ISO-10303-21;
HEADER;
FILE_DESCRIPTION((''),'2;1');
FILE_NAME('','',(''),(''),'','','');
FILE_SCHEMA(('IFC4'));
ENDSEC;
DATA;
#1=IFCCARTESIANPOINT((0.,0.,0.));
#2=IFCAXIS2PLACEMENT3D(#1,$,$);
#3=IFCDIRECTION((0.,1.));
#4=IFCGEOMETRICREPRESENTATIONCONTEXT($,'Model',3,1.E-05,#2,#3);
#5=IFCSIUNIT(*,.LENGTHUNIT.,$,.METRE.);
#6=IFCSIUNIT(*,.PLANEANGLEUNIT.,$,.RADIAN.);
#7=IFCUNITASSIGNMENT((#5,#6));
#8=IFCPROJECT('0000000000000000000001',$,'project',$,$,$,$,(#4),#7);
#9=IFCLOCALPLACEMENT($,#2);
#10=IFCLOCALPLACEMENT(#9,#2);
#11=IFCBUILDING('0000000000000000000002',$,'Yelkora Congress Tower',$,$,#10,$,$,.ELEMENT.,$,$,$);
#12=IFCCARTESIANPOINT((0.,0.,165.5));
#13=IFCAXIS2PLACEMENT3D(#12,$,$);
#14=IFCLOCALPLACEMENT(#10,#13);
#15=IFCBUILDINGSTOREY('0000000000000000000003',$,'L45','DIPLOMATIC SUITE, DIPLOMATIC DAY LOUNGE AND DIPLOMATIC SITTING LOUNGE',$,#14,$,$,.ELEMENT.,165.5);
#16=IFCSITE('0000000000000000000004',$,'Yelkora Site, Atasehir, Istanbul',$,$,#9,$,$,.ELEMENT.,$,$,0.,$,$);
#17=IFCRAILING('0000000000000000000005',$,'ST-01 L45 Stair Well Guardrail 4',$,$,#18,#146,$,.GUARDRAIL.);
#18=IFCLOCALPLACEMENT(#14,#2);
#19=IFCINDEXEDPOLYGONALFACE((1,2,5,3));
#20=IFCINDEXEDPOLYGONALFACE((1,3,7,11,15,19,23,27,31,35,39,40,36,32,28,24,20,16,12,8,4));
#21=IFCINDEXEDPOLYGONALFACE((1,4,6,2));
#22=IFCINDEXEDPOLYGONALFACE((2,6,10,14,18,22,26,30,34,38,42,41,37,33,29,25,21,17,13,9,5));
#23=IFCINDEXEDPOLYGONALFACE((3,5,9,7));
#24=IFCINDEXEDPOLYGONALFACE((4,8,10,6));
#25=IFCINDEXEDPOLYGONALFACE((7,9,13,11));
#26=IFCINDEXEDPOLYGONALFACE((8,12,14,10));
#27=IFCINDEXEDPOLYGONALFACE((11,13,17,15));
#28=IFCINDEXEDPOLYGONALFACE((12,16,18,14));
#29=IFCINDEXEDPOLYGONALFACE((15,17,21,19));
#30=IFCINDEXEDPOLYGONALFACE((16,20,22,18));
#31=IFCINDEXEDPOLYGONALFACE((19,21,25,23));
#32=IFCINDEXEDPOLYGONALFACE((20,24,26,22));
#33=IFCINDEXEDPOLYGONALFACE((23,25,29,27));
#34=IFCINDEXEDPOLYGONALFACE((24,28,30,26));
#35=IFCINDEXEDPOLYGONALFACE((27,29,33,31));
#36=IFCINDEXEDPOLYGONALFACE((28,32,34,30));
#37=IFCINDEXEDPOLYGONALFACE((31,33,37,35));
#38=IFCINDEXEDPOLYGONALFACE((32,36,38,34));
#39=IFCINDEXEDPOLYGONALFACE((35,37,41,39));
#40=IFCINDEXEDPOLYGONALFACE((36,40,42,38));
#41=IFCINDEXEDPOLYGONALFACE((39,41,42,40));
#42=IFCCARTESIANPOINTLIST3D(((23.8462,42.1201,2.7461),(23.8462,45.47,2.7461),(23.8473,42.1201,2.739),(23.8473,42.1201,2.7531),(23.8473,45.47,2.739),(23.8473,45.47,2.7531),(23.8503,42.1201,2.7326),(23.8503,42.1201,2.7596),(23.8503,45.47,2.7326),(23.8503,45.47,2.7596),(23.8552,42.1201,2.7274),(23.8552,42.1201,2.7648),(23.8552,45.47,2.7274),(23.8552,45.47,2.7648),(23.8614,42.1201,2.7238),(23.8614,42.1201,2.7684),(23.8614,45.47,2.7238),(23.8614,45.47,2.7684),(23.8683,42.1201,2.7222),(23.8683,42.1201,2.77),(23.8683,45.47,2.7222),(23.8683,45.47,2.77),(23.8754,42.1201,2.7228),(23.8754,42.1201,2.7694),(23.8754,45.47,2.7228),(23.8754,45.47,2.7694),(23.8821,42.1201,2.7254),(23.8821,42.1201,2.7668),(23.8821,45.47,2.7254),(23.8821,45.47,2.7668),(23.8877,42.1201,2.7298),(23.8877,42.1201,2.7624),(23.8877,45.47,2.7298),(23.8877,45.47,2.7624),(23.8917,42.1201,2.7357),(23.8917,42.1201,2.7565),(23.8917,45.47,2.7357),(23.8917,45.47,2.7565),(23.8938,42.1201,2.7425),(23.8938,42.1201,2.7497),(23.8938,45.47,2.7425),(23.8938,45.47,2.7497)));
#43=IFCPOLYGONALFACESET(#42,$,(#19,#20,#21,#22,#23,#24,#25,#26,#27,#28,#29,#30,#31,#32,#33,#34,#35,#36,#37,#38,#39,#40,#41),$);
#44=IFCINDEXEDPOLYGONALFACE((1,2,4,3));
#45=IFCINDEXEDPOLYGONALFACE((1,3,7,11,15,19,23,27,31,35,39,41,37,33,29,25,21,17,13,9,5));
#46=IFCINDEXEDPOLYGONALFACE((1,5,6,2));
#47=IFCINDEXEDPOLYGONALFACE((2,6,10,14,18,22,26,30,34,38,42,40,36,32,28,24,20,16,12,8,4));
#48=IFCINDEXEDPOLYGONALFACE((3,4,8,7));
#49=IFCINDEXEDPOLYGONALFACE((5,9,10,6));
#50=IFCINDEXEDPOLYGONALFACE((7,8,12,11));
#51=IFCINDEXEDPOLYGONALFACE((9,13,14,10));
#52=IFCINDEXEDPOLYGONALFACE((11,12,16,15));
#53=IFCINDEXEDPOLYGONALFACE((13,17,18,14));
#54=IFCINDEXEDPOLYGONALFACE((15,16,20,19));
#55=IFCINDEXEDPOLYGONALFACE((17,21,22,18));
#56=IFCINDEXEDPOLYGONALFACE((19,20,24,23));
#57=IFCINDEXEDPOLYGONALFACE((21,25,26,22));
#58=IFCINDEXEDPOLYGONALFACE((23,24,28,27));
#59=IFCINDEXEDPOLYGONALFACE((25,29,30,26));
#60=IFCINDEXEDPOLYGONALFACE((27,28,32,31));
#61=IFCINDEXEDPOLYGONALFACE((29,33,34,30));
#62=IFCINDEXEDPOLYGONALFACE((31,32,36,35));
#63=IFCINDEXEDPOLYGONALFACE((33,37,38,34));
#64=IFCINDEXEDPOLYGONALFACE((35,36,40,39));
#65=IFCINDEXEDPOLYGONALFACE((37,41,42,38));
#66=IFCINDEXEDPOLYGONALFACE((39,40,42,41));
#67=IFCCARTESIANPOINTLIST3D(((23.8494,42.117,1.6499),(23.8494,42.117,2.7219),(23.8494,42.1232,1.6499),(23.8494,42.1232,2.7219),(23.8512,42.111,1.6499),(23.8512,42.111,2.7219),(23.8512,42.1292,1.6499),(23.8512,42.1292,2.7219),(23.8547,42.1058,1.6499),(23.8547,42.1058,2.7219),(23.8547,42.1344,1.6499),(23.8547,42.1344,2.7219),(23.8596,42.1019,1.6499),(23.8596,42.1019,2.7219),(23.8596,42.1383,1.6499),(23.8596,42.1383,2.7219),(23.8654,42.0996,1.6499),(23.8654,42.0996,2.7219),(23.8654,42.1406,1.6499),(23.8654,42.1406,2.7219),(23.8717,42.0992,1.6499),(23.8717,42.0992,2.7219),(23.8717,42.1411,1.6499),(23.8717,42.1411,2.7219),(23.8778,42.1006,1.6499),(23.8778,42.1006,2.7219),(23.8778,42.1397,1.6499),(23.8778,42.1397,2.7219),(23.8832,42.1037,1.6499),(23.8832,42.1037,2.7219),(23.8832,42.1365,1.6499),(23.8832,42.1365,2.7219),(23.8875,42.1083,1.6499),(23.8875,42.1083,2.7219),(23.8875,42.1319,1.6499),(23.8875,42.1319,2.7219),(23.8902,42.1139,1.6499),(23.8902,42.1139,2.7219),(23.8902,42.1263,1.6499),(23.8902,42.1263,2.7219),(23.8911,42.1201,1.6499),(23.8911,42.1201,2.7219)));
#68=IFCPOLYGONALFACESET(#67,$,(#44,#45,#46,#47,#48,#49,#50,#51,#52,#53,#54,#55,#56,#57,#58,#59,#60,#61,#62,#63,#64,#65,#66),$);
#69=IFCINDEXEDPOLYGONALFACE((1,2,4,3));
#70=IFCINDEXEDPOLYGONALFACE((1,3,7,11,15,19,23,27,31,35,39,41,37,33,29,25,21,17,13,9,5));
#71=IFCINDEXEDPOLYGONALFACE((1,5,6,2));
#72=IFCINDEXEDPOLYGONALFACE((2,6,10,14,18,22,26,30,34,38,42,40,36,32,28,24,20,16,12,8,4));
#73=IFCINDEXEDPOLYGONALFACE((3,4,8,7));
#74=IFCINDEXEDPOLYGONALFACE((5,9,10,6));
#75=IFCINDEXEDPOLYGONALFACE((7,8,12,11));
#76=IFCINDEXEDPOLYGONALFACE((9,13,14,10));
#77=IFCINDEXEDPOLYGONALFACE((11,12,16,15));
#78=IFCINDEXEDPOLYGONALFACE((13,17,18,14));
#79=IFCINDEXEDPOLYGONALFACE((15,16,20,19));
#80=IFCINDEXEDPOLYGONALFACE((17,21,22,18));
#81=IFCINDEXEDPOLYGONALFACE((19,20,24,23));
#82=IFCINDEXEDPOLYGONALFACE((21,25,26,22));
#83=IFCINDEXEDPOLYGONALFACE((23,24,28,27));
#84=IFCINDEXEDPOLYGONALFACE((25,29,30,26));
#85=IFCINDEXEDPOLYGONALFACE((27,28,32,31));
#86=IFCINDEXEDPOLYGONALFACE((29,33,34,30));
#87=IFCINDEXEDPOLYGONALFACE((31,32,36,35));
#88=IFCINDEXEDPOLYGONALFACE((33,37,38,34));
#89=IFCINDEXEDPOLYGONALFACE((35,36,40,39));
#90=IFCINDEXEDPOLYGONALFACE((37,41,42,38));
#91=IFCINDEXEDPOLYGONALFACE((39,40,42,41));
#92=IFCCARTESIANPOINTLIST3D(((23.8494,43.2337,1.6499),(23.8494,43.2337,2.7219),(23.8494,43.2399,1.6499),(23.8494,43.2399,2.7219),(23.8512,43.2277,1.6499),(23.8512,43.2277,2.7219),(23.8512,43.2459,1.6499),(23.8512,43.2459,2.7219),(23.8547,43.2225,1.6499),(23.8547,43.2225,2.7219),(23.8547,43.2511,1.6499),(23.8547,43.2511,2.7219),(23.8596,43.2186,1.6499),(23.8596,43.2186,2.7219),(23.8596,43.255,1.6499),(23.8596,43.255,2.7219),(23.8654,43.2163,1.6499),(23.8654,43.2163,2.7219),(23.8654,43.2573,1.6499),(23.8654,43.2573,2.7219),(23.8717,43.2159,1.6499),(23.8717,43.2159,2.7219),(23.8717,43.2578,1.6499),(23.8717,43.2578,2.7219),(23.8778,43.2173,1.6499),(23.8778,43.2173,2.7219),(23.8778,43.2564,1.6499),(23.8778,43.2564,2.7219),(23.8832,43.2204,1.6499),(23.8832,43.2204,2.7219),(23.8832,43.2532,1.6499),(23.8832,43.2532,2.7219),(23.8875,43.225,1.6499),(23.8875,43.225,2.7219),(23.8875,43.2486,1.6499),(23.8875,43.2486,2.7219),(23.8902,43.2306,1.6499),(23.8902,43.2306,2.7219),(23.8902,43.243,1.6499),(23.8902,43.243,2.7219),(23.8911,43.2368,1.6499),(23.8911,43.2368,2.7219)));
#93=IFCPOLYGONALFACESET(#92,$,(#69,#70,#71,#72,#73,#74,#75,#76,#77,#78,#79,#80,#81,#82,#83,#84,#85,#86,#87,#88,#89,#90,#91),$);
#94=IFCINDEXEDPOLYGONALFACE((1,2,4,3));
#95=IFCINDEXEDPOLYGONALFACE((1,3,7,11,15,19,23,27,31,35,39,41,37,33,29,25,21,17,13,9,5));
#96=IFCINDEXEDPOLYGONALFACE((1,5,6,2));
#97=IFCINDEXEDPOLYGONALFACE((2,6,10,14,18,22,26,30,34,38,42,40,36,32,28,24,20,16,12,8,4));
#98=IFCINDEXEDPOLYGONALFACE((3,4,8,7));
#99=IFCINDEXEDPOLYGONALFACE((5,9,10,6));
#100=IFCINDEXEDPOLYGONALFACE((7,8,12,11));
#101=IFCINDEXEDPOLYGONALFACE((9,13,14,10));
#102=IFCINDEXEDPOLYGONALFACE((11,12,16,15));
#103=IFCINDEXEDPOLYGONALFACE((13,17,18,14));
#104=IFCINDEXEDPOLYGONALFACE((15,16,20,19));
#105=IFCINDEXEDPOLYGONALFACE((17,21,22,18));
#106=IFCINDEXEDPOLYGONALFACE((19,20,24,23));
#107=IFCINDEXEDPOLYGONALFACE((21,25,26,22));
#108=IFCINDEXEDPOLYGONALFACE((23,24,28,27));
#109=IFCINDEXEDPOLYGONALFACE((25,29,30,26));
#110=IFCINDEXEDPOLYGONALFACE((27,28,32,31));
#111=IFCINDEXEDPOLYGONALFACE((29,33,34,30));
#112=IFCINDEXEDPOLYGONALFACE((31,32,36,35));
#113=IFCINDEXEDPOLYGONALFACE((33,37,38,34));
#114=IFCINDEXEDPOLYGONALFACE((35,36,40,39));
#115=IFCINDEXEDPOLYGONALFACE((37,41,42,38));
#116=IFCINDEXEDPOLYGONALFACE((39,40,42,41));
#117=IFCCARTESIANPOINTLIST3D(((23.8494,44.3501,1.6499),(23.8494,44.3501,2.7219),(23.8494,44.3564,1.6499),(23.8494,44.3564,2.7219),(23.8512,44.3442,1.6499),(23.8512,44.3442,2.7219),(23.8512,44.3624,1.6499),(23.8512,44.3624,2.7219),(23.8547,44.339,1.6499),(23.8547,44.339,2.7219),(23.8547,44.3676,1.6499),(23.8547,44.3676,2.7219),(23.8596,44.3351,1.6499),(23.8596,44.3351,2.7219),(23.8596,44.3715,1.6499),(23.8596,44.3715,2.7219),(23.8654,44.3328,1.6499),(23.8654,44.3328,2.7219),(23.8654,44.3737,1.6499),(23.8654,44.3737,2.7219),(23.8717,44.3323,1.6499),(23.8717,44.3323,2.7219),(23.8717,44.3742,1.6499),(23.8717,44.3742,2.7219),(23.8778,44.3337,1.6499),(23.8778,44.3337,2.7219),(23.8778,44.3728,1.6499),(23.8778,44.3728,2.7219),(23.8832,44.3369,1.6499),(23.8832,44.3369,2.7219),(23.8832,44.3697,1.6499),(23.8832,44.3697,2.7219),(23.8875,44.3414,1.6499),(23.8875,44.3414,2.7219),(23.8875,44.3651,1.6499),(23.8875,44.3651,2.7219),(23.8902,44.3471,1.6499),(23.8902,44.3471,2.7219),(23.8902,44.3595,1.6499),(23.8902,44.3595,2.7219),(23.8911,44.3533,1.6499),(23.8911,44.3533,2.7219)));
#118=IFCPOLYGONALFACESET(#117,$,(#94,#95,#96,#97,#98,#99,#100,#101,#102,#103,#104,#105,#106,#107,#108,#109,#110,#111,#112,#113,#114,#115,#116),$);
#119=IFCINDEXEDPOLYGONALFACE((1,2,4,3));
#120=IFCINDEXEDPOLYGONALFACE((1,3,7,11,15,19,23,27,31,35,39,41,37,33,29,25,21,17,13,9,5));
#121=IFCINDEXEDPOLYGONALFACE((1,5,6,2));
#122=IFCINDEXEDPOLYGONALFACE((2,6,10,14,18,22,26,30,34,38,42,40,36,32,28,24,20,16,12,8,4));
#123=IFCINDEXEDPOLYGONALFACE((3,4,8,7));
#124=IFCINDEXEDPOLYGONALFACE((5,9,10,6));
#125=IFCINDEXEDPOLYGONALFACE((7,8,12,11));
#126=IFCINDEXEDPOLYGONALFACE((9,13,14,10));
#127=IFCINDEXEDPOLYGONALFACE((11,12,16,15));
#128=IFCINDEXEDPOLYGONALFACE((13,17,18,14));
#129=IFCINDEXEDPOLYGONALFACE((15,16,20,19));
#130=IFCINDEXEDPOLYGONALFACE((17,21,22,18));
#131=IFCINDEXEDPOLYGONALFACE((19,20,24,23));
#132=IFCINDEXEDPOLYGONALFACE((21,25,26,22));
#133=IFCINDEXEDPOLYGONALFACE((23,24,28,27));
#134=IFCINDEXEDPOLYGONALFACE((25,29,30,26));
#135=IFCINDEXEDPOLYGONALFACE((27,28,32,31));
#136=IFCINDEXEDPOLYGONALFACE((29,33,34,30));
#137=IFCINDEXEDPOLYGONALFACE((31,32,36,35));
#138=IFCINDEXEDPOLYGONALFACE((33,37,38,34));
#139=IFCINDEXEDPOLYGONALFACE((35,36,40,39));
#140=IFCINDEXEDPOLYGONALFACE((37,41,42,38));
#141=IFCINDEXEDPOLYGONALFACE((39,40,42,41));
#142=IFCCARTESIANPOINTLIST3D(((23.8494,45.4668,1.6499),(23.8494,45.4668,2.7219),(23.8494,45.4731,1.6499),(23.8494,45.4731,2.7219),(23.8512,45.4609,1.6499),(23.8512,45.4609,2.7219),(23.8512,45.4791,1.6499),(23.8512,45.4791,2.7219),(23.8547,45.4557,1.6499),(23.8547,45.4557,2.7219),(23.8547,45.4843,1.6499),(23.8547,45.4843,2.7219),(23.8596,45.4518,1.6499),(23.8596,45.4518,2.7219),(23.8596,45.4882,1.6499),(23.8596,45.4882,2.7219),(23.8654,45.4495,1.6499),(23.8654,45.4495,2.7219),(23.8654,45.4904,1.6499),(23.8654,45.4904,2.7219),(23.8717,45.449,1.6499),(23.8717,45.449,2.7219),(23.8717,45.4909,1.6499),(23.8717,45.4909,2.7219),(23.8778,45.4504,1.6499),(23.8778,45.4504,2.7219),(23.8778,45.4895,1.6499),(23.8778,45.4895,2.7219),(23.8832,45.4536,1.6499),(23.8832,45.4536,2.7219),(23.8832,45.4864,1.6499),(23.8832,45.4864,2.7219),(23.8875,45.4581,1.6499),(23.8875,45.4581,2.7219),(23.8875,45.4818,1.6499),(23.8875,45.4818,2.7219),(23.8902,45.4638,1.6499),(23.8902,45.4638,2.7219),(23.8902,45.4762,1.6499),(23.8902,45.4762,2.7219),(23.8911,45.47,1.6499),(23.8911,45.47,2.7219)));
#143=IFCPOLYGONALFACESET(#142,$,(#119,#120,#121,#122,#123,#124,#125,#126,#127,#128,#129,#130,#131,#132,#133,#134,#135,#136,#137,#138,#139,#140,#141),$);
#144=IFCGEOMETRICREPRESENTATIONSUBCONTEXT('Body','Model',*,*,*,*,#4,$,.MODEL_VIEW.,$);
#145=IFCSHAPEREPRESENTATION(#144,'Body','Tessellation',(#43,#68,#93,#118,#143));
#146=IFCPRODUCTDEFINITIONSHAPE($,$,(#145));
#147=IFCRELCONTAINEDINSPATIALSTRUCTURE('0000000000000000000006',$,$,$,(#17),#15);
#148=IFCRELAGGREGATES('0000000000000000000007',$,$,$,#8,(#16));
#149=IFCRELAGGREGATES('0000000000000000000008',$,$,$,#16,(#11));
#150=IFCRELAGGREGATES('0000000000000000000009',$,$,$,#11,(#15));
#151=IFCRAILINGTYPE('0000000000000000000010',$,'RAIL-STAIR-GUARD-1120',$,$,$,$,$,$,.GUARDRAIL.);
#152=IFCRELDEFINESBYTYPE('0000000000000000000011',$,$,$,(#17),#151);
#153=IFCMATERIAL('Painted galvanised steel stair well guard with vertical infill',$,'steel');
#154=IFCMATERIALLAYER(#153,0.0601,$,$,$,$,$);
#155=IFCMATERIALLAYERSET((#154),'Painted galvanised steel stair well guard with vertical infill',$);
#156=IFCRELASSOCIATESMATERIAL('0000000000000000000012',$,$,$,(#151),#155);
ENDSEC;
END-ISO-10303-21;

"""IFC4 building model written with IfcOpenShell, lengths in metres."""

from ifc_helpers import new_model, si_unit, direction, frame, origin, origin_2d, place, context, subcontext, project, spatial, circle, extrude, material, layer, layer_set, type_object, element, save


model = new_model("IFC4")

# Units and contexts
model_context = context("Model", 3, precision=1e-05, world=origin(), true_north=direction((0.0, 1.0)))
body_context = subcontext(model_context, "Body", "Model", "MODEL_VIEW")
ifc_project = project(units=[si_unit("LENGTHUNIT", "METRE"), si_unit("PLANEANGLEUNIT", "RADIAN")], contexts=[model_context])

# Site, building, storey
site_placement = place(None, origin())
site = spatial("IfcSite", under=ifc_project, at=site_placement, Name="Yelkora Site, Atasehir, Istanbul", CompositionType="ELEMENT", RefElevation=0.0)
building_placement = place(site_placement, origin())
building = spatial("IfcBuilding", under=site, at=building_placement, Name="Yelkora Congress Tower", CompositionType="ELEMENT")
storey_placement = place(building_placement, frame((0.0, 0.0, 165.5)))
storey = spatial("IfcBuildingStorey", under=building, at=storey_placement, Name="L45", Description="DIPLOMATIC SUITE, DIPLOMATIC DAY LOUNGE AND DIPLOMATIC SITTING LOUNGE", CompositionType="ELEMENT", Elevation=165.5)

# Railing
ifc_material_1 = material(Name="Painted galvanised steel stair well guard with vertical infill", Category="steel")
ifc_layer_1 = layer(ifc_material_1, 0.0601)
ifc_layer_set_1 = layer_set([ifc_layer_1], Name="Painted galvanised steel stair well guard with vertical infill")
railing_type = type_object("IfcRailingType", Name="RAIL-STAIR-GUARD-1120", PredefinedType="GUARDRAIL", material=ifc_layer_set_1)
for number, where, name in (
    (1, (23.8701, 42.1201, 1.6499), "ST-01 L45 Stair Well Guardrail 4"),
):
    element("IfcRailing", number, at=place(storey_placement, frame(where)), inside=storey, type_object=railing_type, Name=name, PredefinedType="GUARDRAIL", context=body_context, shape_type="SweptSolid", body=[
        extrude(circle(Radius=0.0239, at=origin_2d()), frame((0.0, 0.0, 1.0962), z_axis=(0.0, 1.0, 0.0), x_axis=(-1.0, 0.0, 0.0)), (0.0, 0.0, 1.0), 3.3499),
        extrude(circle(Radius=0.021, at=origin_2d()), origin(), (0.0, 0.0, 1.0), 1.072),
        extrude(circle(Radius=0.021, at=origin_2d()), frame((0.0, 1.1167, 0.0)), (0.0, 0.0, 1.0), 1.072),
        extrude(circle(Radius=0.021, at=origin_2d()), frame((0.0, 2.2332, 0.0)), (0.0, 0.0, 1.0), 1.072),
        extrude(circle(Radius=0.021, at=origin_2d()), frame((0.0, 3.3499, 0.0)), (0.0, 0.0, 1.0), 1.072),
    ])

save(model, "model.ifc")
